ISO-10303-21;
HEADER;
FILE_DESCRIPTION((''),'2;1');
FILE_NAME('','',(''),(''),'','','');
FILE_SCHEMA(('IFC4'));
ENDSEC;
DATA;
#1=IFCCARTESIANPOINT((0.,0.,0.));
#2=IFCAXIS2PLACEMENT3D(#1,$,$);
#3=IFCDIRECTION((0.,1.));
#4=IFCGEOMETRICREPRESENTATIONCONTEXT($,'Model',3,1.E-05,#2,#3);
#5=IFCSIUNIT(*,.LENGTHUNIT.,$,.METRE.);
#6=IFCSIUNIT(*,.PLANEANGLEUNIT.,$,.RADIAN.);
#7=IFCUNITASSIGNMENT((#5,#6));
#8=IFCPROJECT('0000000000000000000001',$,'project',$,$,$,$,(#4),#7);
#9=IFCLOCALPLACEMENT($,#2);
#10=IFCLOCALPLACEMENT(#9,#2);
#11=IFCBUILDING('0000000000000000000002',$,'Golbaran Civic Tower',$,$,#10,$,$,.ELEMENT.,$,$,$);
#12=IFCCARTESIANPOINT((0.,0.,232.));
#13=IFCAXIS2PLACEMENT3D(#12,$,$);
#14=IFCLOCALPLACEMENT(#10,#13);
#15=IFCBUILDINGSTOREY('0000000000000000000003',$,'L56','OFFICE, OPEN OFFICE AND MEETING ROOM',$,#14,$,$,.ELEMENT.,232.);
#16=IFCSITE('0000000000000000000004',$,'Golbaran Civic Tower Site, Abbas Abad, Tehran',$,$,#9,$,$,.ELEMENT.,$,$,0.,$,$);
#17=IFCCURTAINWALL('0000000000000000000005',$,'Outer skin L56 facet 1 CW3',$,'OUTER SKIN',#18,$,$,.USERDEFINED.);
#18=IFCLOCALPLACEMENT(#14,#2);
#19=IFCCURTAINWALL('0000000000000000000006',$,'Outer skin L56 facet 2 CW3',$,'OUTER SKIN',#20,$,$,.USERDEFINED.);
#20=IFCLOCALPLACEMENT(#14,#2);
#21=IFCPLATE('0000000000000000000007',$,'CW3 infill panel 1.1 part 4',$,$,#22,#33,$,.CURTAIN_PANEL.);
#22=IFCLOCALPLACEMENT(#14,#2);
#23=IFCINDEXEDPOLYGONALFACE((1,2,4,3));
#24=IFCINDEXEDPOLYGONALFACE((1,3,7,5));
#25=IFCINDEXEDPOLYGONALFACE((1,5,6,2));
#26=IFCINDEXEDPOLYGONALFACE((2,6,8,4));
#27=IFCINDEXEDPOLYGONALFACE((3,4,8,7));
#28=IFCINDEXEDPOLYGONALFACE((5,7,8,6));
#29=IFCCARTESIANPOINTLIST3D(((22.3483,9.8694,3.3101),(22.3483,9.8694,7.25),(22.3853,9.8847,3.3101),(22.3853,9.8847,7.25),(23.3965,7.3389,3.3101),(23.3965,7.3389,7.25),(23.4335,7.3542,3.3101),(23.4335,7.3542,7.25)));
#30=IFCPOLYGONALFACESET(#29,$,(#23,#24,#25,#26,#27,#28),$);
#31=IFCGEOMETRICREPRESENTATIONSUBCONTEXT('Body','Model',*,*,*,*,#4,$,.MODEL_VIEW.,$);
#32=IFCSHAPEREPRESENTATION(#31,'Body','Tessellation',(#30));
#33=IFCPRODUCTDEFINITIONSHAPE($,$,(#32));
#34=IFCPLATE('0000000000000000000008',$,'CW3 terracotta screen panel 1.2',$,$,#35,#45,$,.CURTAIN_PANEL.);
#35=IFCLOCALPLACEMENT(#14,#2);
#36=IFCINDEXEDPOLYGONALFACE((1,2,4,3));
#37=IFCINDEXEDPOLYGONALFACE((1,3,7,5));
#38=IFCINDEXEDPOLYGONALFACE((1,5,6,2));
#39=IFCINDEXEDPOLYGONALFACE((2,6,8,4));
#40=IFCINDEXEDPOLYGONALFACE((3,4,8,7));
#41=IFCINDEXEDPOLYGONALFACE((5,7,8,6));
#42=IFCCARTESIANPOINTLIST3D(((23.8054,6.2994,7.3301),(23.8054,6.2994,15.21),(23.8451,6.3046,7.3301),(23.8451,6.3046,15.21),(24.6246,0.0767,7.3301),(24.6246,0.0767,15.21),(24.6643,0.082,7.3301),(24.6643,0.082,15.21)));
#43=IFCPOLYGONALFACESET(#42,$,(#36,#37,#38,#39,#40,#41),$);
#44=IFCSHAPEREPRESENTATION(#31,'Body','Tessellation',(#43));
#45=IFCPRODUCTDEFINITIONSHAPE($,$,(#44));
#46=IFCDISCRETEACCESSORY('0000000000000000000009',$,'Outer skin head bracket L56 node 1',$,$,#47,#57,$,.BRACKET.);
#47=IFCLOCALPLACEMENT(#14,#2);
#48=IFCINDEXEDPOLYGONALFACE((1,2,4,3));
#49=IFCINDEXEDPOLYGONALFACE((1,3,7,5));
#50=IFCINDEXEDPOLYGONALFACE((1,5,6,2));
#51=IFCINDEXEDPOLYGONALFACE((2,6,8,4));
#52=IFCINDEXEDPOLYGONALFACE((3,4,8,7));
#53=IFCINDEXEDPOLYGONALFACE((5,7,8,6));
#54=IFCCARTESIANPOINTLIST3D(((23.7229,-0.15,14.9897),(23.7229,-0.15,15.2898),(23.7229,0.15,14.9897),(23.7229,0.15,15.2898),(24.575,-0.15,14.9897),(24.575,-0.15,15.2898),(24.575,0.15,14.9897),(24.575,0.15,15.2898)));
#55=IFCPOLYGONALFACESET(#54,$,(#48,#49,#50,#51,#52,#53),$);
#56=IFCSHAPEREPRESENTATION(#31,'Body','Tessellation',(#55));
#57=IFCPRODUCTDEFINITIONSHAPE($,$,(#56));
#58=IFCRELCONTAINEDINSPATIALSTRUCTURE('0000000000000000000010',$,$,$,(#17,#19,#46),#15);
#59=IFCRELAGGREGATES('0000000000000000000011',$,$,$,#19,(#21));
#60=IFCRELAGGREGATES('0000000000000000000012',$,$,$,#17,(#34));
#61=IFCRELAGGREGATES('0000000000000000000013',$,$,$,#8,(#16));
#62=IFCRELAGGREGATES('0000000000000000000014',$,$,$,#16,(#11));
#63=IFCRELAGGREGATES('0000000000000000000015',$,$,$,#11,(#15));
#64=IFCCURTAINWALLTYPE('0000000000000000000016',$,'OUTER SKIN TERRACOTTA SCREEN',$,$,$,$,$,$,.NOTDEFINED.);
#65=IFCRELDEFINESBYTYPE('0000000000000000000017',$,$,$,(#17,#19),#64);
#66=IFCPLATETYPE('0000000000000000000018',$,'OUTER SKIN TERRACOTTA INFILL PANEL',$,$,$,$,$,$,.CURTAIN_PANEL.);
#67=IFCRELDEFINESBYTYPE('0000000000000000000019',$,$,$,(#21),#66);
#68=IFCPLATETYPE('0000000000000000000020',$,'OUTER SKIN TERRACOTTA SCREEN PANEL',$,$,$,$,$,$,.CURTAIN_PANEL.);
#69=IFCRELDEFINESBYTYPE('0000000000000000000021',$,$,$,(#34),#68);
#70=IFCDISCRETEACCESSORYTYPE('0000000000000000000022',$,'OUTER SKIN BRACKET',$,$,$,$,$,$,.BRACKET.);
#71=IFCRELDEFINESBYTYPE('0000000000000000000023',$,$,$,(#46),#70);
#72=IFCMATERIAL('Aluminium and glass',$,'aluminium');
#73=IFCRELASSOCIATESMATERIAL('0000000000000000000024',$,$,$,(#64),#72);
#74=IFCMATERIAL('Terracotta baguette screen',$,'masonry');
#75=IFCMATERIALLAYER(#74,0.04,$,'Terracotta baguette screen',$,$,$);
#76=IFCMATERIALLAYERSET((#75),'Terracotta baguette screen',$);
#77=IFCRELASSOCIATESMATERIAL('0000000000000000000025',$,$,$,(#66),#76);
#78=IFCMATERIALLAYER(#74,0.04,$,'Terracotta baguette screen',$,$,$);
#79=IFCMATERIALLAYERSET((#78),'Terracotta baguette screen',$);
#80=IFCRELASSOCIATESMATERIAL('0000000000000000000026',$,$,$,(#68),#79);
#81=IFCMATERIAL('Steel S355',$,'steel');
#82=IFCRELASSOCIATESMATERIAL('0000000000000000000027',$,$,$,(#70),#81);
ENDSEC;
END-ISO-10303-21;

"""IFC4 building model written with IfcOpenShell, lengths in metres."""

from ifc_helpers import new_model, si_unit, direction, frame, origin, origin_2d, place, context, subcontext, project, spatial, rectangle, extrude, material, layer, layer_set, type_object, element, aggregate, save


model = new_model("IFC4")

# Units and contexts
model_context = context("Model", 3, precision=1e-05, world=origin(), true_north=direction((0.0, 1.0)))
body_context = subcontext(model_context, "Body", "Model", "MODEL_VIEW")
ifc_project = project(units=[si_unit("LENGTHUNIT", "METRE"), si_unit("PLANEANGLEUNIT", "RADIAN")], contexts=[model_context])

# Site, building, storey
site_placement = place(None, origin())
site = spatial("IfcSite", under=ifc_project, at=site_placement, Name="Golbaran Civic Tower Site, Abbas Abad, Tehran", CompositionType="ELEMENT", RefElevation=0.0)
building_placement = place(site_placement, origin())
building = spatial("IfcBuilding", under=site, at=building_placement, Name="Golbaran Civic Tower", CompositionType="ELEMENT")
storey_placement = place(building_placement, frame((0.0, 0.0, 232.0)))
storey = spatial("IfcBuildingStorey", under=building, at=storey_placement, Name="L56", Description="OFFICE, OPEN OFFICE AND MEETING ROOM", CompositionType="ELEMENT", Elevation=232.0)

# Curtain walls
ifc_material_1 = material(Name="Aluminium and glass", Category="aluminium")
curtain_wall_type_1 = type_object("IfcCurtainWallType", Name="OUTER SKIN TERRACOTTA SCREEN", PredefinedType="NOTDEFINED", material=ifc_material_1)
curtain_wall_1_placement = place(storey_placement, origin())
curtain_wall_1 = element("IfcCurtainWall", 1, at=curtain_wall_1_placement, inside=storey, type_object=curtain_wall_type_1, Name="Outer skin L56 facet 1 CW3", ObjectType="OUTER SKIN", PredefinedType="USERDEFINED")
curtain_wall_2_placement = place(storey_placement, origin())
curtain_wall_2 = element("IfcCurtainWall", 2, at=curtain_wall_2_placement, inside=storey, type_object=curtain_wall_type_1, Name="Outer skin L56 facet 2 CW3", ObjectType="OUTER SKIN", PredefinedType="USERDEFINED")

# Plates
ifc_material_2 = material(Name="Terracotta baguette screen", Category="masonry")
ifc_layer_1 = layer(ifc_material_2, 0.04, Name="Terracotta baguette screen")
ifc_layer_set_1 = layer_set([ifc_layer_1], Name="Terracotta baguette screen")
plate_type_1 = type_object("IfcPlateType", Name="OUTER SKIN TERRACOTTA INFILL PANEL", PredefinedType="CURTAIN_PANEL", material=ifc_layer_set_1)
plate_1_placement = place(storey_placement, frame((22.8909, 8.6118, 3.3101), z_axis=(0.0, 0.0, 1.0), x_axis=(-0.382683, 0.92388, 0.0)))
plate_1 = element("IfcPlate", 3, at=plate_1_placement, type_object=plate_type_1, Name="CW3 infill panel 1.1 part 4", PredefinedType="CURTAIN_PANEL", context=body_context, shape_type="SweptSolid", body=[
    extrude(rectangle(XDim=2.739, YDim=0.04, at=origin_2d()), origin(), (0.0, 0.0, 1.0), 3.9399),
])
aggregate(curtain_wall_2, [plate_1])
ifc_layer_2 = layer(ifc_material_2, 0.04, Name="Terracotta baguette screen")
ifc_layer_set_2 = layer_set([ifc_layer_2], Name="Terracotta baguette screen")
plate_type_2 = type_object("IfcPlateType", Name="OUTER SKIN TERRACOTTA SCREEN PANEL", PredefinedType="CURTAIN_PANEL", material=ifc_layer_set_2)
plate_2_placement = place(storey_placement, frame((24.2349, 3.1907, 7.3301), z_axis=(0.0, 0.0, 1.0), x_axis=(-0.130526, 0.991445, 0.0)))
plate_2 = element("IfcPlate", 4, at=plate_2_placement, type_object=plate_type_2, Name="CW3 terracotta screen panel 1.2", PredefinedType="CURTAIN_PANEL", context=body_context, shape_type="SweptSolid", body=[
    extrude(rectangle(XDim=6.2764, YDim=0.04, at=origin_2d()), origin(), (0.0, 0.0, 1.0), 7.8799),
])
aggregate(curtain_wall_1, [plate_2])

# Discrete accessory
ifc_material_3 = material(Name="Steel S355", Category="steel")
discrete_accessory_type = type_object("IfcDiscreteAccessoryType", Name="OUTER SKIN BRACKET", PredefinedType="BRACKET", material=ifc_material_3)
discrete_accessory_placement = place(storey_placement, frame((24.1489, 0.0, 14.9897), z_axis=(0.0, 0.0, 1.0), x_axis=(1.0, 0.0, 0.0)))
element("IfcDiscreteAccessory", 5, at=discrete_accessory_placement, inside=storey, type_object=discrete_accessory_type, Name="Outer skin head bracket L56 node 1", PredefinedType="BRACKET", context=body_context, shape_type="SweptSolid", body=[
    extrude(rectangle(XDim=0.8521, YDim=0.3, at=origin_2d()), origin(), (0.0, 0.0, 1.0), 0.3),
])

save(model, "model.ifc")
